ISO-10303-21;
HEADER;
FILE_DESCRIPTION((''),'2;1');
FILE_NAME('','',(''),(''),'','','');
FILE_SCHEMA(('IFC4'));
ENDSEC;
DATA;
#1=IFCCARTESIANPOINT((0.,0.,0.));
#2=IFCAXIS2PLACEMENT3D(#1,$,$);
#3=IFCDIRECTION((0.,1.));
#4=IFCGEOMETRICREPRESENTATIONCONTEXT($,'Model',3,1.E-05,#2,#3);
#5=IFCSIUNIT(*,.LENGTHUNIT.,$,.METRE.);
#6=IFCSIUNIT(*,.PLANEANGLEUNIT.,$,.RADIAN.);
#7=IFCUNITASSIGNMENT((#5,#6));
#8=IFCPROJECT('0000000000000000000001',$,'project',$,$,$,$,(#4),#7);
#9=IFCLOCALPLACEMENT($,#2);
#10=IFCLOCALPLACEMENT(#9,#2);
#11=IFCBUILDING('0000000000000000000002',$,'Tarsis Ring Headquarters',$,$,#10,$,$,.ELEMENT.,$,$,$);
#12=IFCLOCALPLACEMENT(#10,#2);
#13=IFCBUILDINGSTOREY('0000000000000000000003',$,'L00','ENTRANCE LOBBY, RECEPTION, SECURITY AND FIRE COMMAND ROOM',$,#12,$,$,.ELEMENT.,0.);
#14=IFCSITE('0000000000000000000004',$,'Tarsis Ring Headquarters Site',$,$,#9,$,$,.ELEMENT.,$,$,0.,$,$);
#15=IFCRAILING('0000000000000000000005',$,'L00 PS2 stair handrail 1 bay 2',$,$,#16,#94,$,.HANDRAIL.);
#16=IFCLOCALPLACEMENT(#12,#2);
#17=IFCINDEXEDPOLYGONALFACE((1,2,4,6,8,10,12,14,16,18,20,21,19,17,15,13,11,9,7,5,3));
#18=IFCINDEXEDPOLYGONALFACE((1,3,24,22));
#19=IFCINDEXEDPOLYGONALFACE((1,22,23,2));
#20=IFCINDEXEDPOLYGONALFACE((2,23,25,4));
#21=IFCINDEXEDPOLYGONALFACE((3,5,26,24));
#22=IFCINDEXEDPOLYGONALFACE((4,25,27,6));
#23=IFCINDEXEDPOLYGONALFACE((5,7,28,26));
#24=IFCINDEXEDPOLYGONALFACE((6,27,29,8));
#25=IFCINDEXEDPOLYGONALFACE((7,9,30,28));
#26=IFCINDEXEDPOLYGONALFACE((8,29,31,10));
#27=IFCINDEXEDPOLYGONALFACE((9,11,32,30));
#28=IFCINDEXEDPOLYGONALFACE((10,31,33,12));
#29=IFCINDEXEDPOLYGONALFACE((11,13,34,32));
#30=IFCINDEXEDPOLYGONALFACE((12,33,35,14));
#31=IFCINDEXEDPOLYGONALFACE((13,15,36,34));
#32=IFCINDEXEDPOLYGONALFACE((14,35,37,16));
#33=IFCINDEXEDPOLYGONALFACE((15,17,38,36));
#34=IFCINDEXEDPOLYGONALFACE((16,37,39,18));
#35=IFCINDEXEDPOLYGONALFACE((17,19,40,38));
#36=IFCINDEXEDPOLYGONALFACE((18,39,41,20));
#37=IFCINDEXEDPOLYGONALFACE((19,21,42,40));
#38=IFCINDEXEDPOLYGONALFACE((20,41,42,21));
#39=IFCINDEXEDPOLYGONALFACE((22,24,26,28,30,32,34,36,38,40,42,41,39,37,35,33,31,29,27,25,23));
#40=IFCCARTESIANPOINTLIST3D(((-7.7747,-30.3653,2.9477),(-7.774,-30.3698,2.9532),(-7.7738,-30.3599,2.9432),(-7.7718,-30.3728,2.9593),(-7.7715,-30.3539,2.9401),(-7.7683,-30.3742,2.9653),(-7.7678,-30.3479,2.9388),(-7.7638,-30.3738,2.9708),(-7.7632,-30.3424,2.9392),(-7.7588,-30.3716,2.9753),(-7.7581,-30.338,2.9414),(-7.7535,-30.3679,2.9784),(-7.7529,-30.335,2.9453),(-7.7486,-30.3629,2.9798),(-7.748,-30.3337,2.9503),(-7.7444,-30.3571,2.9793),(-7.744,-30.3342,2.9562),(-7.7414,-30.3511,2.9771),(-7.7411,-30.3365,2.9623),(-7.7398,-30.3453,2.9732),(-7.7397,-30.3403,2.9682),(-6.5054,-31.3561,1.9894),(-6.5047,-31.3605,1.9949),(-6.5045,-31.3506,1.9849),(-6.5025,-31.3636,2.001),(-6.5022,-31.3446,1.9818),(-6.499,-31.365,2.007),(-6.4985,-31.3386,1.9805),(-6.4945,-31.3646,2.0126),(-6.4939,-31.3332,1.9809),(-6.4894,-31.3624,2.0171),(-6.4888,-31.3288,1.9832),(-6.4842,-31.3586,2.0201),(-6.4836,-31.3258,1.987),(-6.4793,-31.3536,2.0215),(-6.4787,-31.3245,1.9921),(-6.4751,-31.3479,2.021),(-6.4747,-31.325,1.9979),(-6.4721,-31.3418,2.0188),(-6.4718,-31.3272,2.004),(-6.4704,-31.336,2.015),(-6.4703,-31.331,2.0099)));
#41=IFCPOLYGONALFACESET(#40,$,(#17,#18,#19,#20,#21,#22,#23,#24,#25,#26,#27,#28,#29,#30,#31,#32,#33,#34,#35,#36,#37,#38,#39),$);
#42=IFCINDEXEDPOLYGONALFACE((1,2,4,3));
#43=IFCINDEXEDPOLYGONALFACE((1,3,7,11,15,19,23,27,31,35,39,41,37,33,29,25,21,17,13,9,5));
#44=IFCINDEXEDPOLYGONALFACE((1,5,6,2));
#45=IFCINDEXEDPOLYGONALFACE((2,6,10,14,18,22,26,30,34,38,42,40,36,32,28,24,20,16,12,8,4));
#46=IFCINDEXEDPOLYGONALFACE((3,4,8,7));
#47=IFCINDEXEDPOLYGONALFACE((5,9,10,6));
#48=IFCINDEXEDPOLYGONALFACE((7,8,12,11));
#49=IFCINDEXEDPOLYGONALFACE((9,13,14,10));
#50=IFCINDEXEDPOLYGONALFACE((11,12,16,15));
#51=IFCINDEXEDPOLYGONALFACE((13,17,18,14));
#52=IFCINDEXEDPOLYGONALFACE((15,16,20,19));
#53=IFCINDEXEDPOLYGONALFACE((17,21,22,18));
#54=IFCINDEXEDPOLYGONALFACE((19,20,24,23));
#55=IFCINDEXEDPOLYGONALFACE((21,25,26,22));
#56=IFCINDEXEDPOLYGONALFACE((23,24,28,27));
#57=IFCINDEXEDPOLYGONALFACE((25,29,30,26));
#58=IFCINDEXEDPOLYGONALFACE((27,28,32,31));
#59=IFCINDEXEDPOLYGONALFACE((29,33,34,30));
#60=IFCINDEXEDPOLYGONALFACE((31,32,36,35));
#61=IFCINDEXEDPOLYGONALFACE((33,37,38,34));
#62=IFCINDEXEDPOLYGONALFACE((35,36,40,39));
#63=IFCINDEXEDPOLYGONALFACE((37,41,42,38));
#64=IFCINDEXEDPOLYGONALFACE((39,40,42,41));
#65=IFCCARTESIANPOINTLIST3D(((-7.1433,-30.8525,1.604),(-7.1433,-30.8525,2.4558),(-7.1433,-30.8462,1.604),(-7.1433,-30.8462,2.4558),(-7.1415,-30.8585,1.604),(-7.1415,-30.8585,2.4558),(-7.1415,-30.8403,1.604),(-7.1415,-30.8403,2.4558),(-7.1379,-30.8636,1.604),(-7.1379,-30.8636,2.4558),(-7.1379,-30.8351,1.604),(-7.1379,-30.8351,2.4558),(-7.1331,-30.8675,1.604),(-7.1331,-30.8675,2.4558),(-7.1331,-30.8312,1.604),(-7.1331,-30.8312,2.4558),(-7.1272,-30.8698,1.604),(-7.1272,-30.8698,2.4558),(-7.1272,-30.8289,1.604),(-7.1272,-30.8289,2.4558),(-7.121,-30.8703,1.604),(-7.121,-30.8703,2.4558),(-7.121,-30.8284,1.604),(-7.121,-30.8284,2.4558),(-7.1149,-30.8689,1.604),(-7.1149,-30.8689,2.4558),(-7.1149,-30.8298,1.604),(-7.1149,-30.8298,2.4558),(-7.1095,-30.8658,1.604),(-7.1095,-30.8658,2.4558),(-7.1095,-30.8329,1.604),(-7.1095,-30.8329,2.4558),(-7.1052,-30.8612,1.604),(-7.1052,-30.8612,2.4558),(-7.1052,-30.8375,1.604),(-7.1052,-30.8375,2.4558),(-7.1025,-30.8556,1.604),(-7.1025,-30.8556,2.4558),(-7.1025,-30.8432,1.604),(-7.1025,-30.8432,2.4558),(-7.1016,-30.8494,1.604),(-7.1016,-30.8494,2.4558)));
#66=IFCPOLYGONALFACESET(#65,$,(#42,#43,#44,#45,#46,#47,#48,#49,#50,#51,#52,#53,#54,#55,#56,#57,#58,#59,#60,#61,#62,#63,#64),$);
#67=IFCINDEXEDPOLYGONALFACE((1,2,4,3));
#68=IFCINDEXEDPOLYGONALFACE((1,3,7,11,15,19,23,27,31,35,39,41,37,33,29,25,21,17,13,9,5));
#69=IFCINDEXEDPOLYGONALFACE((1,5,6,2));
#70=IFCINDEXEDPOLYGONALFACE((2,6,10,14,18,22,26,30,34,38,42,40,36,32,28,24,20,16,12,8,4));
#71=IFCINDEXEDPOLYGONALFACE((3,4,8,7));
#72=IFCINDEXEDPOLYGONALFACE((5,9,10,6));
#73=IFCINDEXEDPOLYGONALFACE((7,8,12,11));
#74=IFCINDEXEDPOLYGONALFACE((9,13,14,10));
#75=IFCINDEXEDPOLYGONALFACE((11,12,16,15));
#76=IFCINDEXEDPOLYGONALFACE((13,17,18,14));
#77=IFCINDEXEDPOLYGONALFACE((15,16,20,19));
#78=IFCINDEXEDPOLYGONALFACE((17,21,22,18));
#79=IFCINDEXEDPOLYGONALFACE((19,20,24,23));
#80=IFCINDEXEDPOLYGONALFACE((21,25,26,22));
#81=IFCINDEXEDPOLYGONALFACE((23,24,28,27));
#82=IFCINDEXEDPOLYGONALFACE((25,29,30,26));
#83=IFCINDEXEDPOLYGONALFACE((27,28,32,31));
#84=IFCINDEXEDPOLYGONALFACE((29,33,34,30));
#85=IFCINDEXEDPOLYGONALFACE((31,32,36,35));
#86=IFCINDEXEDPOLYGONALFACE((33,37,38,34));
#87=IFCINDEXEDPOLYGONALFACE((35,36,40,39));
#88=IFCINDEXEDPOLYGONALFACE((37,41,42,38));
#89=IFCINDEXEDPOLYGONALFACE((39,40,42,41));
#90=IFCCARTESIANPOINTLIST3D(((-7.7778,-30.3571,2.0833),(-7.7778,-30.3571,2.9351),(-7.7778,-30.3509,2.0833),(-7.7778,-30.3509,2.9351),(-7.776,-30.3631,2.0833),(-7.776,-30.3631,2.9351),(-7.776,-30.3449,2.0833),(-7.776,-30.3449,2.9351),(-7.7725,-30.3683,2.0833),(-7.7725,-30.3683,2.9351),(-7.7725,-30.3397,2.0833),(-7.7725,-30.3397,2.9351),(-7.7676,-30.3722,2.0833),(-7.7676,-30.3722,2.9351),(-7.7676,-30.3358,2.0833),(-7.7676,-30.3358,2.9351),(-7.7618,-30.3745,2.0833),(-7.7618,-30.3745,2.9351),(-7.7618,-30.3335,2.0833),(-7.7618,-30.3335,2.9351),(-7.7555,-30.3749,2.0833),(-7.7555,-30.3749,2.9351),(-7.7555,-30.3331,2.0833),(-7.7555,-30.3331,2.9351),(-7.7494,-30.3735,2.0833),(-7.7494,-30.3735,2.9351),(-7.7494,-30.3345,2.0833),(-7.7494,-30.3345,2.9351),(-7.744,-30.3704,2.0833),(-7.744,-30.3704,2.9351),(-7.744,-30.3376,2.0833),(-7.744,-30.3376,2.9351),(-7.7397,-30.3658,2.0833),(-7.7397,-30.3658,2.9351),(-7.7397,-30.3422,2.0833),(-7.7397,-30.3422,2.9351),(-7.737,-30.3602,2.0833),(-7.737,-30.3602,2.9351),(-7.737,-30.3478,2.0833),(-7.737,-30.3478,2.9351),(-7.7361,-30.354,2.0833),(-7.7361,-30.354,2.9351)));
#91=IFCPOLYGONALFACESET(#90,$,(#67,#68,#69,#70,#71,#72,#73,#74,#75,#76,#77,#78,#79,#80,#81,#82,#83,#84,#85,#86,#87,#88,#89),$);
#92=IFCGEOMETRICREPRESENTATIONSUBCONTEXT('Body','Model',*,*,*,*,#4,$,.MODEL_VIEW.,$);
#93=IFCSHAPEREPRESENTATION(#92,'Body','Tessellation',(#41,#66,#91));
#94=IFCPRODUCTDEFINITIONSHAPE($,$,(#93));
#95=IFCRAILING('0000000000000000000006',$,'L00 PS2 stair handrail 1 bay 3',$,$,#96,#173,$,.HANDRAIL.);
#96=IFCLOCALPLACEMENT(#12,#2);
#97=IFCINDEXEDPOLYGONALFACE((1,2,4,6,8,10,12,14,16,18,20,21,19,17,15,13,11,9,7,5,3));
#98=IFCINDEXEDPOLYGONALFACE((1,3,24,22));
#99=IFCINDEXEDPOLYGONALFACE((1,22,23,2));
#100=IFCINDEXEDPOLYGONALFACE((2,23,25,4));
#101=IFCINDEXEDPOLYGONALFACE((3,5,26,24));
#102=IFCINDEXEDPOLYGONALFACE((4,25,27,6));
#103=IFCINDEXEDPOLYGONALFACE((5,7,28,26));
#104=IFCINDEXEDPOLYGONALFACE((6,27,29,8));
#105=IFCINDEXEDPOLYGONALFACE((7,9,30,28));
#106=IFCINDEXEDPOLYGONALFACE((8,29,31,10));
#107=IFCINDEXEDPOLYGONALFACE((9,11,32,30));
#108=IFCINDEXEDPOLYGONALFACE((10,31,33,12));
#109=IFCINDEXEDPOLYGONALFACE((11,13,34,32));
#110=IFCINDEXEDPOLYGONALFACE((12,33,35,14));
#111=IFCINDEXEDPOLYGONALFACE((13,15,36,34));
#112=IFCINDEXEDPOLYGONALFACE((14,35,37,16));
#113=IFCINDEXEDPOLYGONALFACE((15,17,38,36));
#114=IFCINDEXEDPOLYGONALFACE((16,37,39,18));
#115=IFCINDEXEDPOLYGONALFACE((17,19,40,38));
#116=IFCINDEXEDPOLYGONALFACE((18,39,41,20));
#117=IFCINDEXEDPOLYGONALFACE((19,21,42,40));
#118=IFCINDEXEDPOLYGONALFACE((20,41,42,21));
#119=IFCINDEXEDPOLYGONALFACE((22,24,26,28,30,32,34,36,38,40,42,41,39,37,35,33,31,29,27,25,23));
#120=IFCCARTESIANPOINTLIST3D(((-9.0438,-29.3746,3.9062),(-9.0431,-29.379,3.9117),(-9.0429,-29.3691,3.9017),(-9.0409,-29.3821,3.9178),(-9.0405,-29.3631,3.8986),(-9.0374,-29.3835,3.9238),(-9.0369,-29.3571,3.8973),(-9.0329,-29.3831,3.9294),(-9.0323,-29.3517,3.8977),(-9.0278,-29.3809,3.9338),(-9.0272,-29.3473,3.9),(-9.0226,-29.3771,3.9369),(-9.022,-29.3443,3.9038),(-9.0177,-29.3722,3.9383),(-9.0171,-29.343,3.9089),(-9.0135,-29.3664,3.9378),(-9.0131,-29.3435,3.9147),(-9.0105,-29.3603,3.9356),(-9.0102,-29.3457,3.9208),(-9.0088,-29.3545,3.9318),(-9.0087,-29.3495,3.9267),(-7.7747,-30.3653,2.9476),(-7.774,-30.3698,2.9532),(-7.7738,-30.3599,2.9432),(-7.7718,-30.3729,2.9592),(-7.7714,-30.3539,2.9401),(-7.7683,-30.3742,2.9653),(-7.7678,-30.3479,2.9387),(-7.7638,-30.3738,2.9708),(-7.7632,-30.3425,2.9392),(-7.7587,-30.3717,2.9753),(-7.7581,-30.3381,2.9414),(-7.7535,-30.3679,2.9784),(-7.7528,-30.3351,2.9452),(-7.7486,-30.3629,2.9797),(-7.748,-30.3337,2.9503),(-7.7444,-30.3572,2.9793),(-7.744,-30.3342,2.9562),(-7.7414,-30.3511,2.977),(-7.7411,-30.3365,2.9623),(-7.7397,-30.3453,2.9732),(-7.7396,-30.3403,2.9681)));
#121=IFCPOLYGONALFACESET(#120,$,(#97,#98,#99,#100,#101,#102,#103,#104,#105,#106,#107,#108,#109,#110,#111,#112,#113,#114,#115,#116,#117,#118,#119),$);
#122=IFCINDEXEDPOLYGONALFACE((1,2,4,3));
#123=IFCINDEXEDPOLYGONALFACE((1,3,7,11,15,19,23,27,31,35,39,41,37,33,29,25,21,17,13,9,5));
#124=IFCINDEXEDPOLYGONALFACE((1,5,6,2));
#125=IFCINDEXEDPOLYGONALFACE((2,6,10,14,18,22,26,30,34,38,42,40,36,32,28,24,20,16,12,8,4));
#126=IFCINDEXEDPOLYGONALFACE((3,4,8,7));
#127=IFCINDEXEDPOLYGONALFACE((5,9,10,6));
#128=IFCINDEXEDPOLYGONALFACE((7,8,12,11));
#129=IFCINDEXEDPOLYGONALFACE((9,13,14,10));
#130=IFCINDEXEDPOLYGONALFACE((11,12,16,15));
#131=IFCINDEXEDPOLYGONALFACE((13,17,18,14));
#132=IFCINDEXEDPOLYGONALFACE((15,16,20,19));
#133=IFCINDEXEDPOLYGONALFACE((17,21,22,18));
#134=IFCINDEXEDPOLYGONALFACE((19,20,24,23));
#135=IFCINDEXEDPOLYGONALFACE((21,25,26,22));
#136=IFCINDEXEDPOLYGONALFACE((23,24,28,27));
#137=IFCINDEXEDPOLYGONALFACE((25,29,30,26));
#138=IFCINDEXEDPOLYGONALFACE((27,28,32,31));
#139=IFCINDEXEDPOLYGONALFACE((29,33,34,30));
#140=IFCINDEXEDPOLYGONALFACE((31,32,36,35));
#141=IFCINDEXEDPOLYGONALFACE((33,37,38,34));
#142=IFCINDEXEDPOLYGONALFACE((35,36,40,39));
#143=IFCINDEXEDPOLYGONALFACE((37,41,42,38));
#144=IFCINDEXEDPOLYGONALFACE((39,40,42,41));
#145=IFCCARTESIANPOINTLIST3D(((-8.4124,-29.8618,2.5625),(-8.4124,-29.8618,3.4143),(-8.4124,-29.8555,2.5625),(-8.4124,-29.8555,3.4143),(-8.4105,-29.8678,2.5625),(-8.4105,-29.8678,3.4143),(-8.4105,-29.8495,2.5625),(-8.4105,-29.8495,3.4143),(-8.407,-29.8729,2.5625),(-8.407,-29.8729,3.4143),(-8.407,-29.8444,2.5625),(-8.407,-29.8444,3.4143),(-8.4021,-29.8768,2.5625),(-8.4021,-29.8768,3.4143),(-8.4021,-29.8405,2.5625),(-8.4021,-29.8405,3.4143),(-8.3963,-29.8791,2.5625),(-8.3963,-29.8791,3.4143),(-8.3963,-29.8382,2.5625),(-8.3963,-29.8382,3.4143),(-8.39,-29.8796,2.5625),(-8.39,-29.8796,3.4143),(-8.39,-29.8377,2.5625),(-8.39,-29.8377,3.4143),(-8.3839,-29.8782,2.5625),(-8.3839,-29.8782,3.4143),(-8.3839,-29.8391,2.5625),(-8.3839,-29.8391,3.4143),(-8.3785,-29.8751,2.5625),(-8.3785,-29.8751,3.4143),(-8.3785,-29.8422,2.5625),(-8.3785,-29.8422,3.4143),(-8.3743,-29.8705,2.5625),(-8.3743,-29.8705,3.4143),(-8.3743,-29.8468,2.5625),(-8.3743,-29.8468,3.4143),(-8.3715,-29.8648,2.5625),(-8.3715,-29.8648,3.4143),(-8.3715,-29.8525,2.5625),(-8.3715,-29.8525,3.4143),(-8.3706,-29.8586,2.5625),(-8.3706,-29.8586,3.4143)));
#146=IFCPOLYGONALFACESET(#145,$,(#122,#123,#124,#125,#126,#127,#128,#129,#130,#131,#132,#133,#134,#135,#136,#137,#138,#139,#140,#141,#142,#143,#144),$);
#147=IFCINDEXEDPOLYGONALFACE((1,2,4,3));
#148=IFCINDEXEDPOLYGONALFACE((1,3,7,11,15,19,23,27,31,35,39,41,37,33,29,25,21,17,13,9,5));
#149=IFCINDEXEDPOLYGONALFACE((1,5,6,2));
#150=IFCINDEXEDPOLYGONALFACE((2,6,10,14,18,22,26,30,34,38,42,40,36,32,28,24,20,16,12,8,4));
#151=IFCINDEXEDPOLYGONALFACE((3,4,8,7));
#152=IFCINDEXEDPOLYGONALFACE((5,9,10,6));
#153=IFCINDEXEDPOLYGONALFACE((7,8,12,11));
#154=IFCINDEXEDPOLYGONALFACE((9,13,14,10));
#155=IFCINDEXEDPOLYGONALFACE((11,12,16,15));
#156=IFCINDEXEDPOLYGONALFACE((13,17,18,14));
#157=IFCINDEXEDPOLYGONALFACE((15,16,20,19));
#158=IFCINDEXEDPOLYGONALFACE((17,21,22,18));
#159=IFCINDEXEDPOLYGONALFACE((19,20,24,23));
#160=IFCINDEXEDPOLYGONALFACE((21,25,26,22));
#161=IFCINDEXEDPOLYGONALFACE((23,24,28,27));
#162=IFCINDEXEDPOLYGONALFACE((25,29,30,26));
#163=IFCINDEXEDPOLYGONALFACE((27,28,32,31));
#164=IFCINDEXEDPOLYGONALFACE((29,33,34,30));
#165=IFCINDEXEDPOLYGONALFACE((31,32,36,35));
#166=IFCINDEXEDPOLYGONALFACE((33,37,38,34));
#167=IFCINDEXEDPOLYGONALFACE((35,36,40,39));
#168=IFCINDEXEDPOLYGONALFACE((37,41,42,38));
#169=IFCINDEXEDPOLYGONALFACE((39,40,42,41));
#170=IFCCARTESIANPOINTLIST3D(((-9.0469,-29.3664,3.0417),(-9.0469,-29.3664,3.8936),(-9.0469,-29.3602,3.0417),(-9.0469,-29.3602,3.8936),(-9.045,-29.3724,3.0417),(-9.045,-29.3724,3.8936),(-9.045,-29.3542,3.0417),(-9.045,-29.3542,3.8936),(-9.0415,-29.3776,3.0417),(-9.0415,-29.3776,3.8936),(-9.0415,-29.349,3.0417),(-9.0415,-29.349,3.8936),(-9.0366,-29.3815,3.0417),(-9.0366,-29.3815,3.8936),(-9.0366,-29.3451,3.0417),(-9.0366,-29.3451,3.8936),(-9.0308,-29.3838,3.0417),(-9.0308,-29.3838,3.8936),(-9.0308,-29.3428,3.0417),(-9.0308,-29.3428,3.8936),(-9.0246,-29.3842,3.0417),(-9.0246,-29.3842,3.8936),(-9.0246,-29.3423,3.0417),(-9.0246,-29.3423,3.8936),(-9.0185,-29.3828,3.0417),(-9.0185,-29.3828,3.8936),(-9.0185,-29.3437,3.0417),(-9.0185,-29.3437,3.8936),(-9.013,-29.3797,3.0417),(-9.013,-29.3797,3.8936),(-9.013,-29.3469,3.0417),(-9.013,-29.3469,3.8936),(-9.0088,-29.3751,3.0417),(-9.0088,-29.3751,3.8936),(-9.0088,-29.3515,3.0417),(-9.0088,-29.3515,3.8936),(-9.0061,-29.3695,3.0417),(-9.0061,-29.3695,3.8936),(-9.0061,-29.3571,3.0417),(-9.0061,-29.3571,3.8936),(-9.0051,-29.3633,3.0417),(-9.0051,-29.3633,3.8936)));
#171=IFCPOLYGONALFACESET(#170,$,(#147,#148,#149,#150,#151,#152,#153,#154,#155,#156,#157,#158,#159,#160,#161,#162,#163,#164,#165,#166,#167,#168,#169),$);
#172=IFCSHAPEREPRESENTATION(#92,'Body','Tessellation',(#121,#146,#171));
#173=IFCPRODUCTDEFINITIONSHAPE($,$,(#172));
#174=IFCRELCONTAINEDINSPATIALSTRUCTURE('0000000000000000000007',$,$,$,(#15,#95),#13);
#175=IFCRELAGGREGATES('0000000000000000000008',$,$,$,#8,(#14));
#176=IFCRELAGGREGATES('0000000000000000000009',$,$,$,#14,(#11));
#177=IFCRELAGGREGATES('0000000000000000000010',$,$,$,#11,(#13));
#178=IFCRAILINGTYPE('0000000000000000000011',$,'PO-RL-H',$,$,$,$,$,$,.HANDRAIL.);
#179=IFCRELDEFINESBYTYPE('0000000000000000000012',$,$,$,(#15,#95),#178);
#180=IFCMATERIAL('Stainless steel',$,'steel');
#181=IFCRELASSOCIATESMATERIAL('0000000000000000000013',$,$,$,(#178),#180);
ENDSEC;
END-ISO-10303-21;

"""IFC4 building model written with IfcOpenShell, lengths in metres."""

from ifc_helpers import new_model, si_unit, direction, frame, origin, origin_2d, place, context, subcontext, project, spatial, circle, extrude, material, type_object, element, save


model = new_model("IFC4")

# Units and contexts
model_context = context("Model", 3, precision=1e-05, world=origin(), true_north=direction((0.0, 1.0)))
body_context = subcontext(model_context, "Body", "Model", "MODEL_VIEW")
ifc_project = project(units=[si_unit("LENGTHUNIT", "METRE"), si_unit("PLANEANGLEUNIT", "RADIAN")], contexts=[model_context])

# Site, building, storey
site_placement = place(None, origin())
site = spatial("IfcSite", under=ifc_project, at=site_placement, Name="Tarsis Ring Headquarters Site", CompositionType="ELEMENT", RefElevation=0.0)
building_placement = place(site_placement, origin())
building = spatial("IfcBuilding", under=site, at=building_placement, Name="Tarsis Ring Headquarters", CompositionType="ELEMENT")
storey_placement = place(building_placement, origin())
storey = spatial("IfcBuildingStorey", under=building, at=storey_placement, Name="L00", Description="ENTRANCE LOBBY, RECEPTION, SECURITY AND FIRE COMMAND ROOM", CompositionType="ELEMENT", Elevation=0.0)

# Railings
ifc_material_1 = material(Name="Stainless steel", Category="steel")
railing_type_1 = type_object("IfcRailingType", Name="PO-RL-H", PredefinedType="HANDRAIL", material=ifc_material_1)
railing_1_placement = place(storey_placement, frame((-6.4878, -31.3447, 1.125)))
element("IfcRailing", 1, at=railing_1_placement, inside=storey, type_object=railing_type_1, Name="L00 PS2 stair handrail 1 bay 2", PredefinedType="HANDRAIL", context=body_context, shape_type="SweptSolid", body=[
    extrude(circle(Radius=0.0239, at=origin_2d()), frame((0.0, 0.0, 0.876), z_axis=(-0.677412, 0.528743, 0.511414), x_axis=(-0.615294, -0.788298, 0.0)), (0.0, 0.0, 1.0), 1.8738),
    extrude(circle(Radius=0.021, at=origin_2d()), frame((-0.6348, 0.4954, 0.479)), (0.0, 0.0, 1.0), 0.8518),
    extrude(circle(Radius=0.021, at=origin_2d()), frame((-1.2693, 0.9907, 0.9583)), (0.0, 0.0, 1.0), 0.8518),
])
railing_2_placement = place(storey_placement, frame((-7.7571, -30.354, 2.0833)))
element("IfcRailing", 2, at=railing_2_placement, inside=storey, type_object=railing_type_1, Name="L00 PS2 stair handrail 1 bay 3", PredefinedType="HANDRAIL", context=body_context, shape_type="SweptSolid", body=[
    extrude(circle(Radius=0.0239, at=origin_2d()), frame((0.0, 0.0, 0.876), z_axis=(-0.677296, 0.528755, 0.511555), x_axis=(-0.615367, -0.78824, 0.0)), (0.0, 0.0, 1.0), 1.8738),
    extrude(circle(Radius=0.021, at=origin_2d()), frame((-0.6345, 0.4954, 0.4792)), (0.0, 0.0, 1.0), 0.8518),
    extrude(circle(Radius=0.021, at=origin_2d()), frame((-1.269, 0.9907, 0.9585)), (0.0, 0.0, 1.0), 0.8518),
])

save(model, "model.ifc")
